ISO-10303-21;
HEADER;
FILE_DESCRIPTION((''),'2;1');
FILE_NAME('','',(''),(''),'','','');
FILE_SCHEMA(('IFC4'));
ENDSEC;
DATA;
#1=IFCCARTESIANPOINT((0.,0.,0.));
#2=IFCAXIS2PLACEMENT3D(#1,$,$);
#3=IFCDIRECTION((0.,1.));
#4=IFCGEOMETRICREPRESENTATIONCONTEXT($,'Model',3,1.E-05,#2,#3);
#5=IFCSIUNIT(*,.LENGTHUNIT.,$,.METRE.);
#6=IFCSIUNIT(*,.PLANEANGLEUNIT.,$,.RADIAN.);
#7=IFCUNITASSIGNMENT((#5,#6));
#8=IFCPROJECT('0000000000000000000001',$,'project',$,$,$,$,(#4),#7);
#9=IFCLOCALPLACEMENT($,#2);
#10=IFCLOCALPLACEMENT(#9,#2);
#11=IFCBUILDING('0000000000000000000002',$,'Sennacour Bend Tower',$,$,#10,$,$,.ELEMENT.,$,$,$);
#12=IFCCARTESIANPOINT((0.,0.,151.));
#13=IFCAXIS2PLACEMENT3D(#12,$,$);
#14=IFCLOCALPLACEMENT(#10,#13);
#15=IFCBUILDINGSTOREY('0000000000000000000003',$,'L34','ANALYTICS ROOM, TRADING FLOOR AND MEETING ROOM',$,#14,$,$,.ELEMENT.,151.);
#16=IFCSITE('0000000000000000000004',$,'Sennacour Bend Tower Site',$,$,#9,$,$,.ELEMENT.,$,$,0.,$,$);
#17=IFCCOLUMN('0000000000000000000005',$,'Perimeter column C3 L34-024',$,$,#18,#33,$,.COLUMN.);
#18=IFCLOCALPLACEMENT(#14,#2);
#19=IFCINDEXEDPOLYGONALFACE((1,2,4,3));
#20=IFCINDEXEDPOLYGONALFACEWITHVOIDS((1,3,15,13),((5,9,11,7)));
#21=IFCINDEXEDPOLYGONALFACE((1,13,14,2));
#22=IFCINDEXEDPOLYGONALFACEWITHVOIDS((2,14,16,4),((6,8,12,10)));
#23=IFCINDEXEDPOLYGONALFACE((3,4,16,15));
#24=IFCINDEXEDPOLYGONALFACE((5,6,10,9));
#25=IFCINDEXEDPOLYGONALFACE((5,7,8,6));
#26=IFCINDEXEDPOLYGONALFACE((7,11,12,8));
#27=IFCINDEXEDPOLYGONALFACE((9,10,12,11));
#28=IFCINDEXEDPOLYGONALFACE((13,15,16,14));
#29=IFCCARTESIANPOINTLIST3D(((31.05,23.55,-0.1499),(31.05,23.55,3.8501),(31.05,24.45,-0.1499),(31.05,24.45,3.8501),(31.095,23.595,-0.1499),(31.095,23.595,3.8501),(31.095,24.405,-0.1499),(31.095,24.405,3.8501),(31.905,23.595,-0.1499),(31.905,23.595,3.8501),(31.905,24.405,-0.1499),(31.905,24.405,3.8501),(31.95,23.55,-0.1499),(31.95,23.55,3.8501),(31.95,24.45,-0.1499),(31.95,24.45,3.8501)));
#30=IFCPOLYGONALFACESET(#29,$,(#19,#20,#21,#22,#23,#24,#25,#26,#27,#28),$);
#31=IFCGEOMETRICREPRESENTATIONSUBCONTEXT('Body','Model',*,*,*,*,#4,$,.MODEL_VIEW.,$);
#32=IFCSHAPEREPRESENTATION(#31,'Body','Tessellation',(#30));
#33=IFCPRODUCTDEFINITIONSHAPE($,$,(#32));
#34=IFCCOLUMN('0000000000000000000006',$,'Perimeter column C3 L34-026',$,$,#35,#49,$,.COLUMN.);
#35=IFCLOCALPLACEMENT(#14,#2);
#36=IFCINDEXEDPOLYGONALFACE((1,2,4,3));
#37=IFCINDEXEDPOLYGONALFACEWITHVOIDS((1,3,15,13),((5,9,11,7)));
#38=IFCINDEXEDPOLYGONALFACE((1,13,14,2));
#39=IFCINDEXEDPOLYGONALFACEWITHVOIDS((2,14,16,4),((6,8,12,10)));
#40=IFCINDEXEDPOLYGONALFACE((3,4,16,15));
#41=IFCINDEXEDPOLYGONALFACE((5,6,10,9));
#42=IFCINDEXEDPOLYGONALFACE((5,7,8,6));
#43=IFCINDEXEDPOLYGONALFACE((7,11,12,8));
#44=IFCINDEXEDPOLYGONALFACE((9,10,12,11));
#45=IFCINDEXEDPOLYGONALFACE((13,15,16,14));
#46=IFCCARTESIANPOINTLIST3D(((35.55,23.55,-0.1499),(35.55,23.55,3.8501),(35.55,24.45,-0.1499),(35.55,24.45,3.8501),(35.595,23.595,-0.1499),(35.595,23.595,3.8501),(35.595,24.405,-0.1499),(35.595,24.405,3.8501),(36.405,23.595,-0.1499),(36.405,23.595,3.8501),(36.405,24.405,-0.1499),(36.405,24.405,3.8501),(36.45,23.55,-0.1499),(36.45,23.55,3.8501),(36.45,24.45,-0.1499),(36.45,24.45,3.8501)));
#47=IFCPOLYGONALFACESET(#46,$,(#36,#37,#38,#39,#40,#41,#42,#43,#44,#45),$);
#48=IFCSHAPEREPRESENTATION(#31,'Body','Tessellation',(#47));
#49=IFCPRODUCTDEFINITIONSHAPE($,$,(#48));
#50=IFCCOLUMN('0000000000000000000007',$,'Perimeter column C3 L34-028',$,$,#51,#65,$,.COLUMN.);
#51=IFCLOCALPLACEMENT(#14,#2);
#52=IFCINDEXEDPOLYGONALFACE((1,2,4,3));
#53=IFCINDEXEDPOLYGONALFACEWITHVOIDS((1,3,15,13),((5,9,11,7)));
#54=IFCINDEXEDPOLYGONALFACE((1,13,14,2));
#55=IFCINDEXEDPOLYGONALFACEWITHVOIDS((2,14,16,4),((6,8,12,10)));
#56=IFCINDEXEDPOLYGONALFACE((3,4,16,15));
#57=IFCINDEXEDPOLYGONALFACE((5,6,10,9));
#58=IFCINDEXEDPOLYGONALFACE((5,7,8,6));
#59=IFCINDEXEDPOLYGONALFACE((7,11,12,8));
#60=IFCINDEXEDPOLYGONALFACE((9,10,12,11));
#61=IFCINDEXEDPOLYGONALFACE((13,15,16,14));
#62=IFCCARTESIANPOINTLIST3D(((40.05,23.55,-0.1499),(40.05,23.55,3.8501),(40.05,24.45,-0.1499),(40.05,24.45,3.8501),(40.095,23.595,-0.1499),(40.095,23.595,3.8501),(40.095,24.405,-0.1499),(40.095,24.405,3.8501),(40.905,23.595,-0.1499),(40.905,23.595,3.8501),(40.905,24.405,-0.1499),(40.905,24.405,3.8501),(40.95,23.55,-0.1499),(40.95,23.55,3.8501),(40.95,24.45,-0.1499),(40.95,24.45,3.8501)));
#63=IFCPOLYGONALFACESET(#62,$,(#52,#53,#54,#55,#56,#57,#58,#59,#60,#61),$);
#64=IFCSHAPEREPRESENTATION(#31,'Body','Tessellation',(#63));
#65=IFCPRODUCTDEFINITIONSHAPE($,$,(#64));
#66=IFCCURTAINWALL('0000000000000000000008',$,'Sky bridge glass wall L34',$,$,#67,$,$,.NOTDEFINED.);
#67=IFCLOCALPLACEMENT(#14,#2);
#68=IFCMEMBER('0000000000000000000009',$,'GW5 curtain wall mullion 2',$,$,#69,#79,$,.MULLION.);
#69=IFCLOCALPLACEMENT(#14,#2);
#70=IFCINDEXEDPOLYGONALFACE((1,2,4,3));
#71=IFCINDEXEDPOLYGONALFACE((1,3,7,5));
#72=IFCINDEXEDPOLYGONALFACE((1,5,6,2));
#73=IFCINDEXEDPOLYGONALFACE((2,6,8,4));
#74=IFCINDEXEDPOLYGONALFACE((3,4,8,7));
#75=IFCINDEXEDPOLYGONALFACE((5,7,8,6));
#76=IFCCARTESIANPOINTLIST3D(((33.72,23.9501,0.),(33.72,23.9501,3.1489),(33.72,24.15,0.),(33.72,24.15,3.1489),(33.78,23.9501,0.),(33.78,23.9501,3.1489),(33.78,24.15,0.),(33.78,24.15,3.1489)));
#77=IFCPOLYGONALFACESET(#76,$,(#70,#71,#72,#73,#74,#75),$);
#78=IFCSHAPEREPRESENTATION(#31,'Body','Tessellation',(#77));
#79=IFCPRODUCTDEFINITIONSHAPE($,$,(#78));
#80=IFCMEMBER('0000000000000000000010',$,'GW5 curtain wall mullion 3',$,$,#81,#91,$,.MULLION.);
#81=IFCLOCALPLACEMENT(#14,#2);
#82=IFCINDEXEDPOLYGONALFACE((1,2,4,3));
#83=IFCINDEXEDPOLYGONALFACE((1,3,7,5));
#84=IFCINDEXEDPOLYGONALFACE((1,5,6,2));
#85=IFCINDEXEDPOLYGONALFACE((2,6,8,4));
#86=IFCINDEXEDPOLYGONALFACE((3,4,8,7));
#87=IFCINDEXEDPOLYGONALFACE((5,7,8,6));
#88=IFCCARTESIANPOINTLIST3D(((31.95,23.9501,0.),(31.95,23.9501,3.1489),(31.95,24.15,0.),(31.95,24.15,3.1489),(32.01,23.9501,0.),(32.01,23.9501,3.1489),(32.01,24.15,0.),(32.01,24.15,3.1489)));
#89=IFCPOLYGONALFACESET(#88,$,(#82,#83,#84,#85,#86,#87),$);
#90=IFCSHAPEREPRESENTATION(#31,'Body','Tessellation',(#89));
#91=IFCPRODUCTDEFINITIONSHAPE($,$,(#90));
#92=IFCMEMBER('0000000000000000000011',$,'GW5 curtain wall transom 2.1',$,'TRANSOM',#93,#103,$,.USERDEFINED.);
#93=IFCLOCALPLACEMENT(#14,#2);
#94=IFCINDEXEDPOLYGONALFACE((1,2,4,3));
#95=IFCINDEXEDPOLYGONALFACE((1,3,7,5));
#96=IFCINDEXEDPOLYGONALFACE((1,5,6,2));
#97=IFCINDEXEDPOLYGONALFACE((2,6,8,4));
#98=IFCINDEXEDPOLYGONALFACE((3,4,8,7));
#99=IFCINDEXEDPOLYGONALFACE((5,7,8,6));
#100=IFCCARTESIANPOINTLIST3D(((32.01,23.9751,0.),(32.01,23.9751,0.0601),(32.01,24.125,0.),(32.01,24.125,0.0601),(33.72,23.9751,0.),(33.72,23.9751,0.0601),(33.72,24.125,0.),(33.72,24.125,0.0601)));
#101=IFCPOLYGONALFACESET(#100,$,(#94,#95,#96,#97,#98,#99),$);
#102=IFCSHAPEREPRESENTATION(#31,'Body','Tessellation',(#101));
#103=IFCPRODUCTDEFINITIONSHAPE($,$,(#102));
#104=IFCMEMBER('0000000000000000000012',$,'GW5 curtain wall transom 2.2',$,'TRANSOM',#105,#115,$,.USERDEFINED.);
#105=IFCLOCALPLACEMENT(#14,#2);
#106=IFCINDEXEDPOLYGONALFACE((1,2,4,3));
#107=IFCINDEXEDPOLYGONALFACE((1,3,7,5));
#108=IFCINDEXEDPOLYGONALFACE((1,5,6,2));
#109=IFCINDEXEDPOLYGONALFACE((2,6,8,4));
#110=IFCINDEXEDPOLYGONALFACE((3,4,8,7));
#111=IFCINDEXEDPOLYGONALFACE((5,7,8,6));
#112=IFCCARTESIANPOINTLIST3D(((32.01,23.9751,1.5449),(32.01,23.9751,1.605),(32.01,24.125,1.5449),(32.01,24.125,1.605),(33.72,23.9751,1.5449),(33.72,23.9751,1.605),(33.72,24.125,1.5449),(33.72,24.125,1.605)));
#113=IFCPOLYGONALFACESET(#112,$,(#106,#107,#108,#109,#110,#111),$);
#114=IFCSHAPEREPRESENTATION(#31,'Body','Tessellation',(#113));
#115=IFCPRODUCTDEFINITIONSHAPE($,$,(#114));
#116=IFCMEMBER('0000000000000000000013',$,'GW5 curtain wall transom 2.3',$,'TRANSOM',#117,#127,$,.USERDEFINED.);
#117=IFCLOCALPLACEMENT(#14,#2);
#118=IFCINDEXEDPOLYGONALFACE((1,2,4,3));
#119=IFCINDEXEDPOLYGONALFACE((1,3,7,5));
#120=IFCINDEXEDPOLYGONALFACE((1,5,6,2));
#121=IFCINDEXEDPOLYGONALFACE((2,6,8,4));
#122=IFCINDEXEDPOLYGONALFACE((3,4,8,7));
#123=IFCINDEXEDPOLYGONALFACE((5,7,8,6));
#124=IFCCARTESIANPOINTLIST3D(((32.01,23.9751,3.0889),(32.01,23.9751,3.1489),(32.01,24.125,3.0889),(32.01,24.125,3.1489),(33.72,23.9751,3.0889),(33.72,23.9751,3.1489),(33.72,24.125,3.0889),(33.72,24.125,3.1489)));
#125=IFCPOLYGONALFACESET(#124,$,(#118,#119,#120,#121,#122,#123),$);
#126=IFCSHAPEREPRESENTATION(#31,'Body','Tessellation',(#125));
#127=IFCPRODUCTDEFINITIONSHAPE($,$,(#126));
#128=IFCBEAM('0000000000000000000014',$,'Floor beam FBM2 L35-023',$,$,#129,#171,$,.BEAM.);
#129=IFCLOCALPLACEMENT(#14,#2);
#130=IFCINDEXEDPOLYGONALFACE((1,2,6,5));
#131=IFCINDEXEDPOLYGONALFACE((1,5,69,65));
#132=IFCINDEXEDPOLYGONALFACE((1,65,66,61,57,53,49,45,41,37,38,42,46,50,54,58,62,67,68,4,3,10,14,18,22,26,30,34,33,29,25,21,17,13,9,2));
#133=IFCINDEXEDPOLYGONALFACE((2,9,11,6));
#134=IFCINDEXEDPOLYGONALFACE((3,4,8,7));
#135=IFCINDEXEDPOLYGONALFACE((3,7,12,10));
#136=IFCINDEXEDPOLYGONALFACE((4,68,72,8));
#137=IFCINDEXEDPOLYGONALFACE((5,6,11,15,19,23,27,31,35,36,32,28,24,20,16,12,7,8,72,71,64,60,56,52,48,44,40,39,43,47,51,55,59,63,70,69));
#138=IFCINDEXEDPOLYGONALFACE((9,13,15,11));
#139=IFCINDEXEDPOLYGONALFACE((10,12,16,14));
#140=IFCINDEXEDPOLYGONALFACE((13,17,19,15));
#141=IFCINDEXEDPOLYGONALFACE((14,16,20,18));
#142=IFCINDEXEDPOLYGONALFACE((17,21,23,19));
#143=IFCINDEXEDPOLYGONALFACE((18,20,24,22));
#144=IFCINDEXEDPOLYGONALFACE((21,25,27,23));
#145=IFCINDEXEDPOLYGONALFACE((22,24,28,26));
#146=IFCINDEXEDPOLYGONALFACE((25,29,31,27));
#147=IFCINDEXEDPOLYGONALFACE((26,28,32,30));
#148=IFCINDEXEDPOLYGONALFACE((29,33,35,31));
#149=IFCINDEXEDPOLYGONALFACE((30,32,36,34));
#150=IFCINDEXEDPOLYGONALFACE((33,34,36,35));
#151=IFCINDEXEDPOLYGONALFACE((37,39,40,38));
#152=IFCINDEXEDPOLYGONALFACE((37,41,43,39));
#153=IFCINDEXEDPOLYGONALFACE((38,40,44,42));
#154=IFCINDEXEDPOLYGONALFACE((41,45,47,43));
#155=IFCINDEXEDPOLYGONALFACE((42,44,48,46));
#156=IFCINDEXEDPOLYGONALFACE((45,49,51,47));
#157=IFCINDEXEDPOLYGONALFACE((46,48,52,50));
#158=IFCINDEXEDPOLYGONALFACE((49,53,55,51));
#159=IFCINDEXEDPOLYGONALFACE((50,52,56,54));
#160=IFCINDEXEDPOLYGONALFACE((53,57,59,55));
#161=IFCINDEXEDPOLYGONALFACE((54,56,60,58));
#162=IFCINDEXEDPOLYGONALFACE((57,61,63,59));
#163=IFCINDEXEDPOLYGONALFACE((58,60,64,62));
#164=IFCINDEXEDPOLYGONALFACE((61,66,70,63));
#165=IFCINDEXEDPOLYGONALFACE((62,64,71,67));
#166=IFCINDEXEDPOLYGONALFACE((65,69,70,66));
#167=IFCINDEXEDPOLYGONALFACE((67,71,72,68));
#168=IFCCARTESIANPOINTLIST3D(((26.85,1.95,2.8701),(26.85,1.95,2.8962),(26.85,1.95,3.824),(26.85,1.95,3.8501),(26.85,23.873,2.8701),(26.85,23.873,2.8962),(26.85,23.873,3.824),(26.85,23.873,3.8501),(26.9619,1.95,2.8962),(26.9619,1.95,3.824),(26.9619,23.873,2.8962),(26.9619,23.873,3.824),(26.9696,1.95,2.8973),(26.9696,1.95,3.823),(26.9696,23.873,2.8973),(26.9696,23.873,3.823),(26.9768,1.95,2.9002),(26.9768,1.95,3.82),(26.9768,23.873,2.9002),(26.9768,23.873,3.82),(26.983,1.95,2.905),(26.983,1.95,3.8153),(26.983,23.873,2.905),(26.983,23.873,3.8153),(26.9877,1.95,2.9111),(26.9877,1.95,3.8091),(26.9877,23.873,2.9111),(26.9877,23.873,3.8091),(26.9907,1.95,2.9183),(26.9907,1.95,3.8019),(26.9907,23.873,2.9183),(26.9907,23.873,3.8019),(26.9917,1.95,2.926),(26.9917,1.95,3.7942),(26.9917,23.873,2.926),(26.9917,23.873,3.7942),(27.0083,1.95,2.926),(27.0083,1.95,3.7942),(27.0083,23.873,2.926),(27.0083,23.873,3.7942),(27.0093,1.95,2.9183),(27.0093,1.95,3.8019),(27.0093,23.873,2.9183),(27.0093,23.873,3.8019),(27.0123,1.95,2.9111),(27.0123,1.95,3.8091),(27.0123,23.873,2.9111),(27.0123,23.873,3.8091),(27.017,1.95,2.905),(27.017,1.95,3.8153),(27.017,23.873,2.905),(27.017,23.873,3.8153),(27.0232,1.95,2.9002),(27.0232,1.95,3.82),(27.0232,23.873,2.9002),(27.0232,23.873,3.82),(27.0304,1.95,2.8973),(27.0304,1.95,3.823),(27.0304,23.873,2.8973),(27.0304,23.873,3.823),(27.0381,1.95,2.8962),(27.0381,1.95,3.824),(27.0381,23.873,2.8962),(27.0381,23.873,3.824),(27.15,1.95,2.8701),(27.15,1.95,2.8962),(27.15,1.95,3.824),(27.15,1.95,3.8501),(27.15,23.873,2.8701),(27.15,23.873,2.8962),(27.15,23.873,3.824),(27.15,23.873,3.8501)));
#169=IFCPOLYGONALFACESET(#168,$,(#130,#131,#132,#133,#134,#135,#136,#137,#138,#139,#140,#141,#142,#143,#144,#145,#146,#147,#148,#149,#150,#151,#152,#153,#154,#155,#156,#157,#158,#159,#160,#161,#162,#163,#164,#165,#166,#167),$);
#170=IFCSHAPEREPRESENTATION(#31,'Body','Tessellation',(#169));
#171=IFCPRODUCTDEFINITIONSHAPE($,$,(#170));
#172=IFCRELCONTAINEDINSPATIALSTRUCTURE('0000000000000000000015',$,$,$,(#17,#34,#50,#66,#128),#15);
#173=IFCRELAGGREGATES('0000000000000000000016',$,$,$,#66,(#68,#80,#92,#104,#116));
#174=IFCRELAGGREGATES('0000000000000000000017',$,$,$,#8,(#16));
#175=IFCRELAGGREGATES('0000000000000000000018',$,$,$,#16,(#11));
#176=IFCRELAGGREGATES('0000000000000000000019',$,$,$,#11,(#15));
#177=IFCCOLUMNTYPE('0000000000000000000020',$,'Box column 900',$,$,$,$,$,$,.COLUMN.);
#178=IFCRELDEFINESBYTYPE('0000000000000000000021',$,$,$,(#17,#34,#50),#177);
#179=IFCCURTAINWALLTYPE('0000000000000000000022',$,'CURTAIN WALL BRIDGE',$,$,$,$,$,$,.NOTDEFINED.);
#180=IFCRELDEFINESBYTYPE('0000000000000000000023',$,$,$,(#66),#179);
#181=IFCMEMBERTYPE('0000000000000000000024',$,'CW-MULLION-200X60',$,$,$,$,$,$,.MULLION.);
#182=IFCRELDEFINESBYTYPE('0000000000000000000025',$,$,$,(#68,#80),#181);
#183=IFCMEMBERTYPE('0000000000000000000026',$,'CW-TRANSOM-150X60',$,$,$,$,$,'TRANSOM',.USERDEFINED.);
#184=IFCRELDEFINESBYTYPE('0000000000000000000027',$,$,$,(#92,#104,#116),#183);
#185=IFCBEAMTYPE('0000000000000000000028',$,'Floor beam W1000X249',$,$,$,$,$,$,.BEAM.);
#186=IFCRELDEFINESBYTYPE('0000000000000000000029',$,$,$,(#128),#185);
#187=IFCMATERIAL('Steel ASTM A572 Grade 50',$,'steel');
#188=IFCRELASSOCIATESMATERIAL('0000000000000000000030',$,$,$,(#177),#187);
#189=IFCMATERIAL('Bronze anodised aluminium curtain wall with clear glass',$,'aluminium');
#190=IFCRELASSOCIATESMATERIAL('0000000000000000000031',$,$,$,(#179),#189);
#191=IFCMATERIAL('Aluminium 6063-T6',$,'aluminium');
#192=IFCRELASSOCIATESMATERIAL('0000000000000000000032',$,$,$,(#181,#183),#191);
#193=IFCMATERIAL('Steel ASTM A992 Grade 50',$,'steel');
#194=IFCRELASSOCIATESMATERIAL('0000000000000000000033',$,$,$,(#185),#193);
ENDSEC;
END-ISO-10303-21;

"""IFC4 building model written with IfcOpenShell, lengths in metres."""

from ifc_helpers import new_model, si_unit, direction, frame, origin, origin_2d, place, context, subcontext, project, spatial, rectangle, hollow_rectangle, i_section, extrude, material, material_profile, profile_set, type_object, element, aggregate, save


model = new_model("IFC4")

# Units and contexts
model_context = context("Model", 3, precision=1e-05, world=origin(), true_north=direction((0.0, 1.0)))
body_context = subcontext(model_context, "Body", "Model", "MODEL_VIEW")
ifc_project = project(units=[si_unit("LENGTHUNIT", "METRE"), si_unit("PLANEANGLEUNIT", "RADIAN")], contexts=[model_context])

# Site, building, storey
site_placement = place(None, origin())
site = spatial("IfcSite", under=ifc_project, at=site_placement, Name="Sennacour Bend Tower Site", CompositionType="ELEMENT", RefElevation=0.0)
building_placement = place(site_placement, origin())
building = spatial("IfcBuilding", under=site, at=building_placement, Name="Sennacour Bend Tower", CompositionType="ELEMENT")
storey_placement = place(building_placement, frame((0.0, 0.0, 151.0)))
storey = spatial("IfcBuildingStorey", under=building, at=storey_placement, Name="L34", Description="ANALYTICS ROOM, TRADING FLOOR AND MEETING ROOM", CompositionType="ELEMENT", Elevation=151.0)

# Columns
ifc_material_1 = material(Name="Steel ASTM A572 Grade 50", Category="steel")
ifc_material_profile_1 = material_profile(ifc_material_1, hollow_rectangle(XDim=0.8999, YDim=0.8999, WallThickness=0.0449, at=origin_2d()), Name="Steel ASTM A572 Grade 50", Category="steel")
ifc_profile_set_1 = profile_set([ifc_material_profile_1], Name="Steel ASTM A572 Grade 50")
column_type = type_object("IfcColumnType", Name="Box column 900", PredefinedType="COLUMN", material=ifc_profile_set_1)
for number, where, z_axis, x_axis, name in (
    (1, (31.5, 24.0, -0.1499), (0.0, 0.0, 1.0), (1.0, 0.0, 0.0), "Perimeter column C3 L34-024"),
    (2, (36.0, 24.0, -0.1499), (0.0, 0.0, 1.0), (1.0, 0.0, 0.0), "Perimeter column C3 L34-026"),
    (3, (40.5, 24.0, -0.1499), (0.0, 0.0, 1.0), (1.0, 0.0, 0.0), "Perimeter column C3 L34-028"),
):
    element("IfcColumn", number, at=place(storey_placement, frame(where, z_axis=z_axis, x_axis=x_axis)), inside=storey, type_object=column_type, Name=name, PredefinedType="COLUMN", context=body_context, shape_type="SweptSolid", body=[
        extrude(hollow_rectangle(XDim=0.8999, YDim=0.8999, WallThickness=0.0449, at=origin_2d()), origin(), (0.0, 0.0, 1.0), 4.0),
    ])

# Curtain wall, members
ifc_material_2 = material(Name="Bronze anodised aluminium curtain wall with clear glass", Category="aluminium")
curtain_wall_type = type_object("IfcCurtainWallType", Name="CURTAIN WALL BRIDGE", PredefinedType="NOTDEFINED", material=ifc_material_2)
curtain_wall_placement = place(storey_placement, origin())
curtain_wall = element("IfcCurtainWall", 4, at=curtain_wall_placement, inside=storey, type_object=curtain_wall_type, Name="Sky bridge glass wall L34", PredefinedType="NOTDEFINED")
ifc_material_3 = material(Name="Aluminium 6063-T6", Category="aluminium")
ifc_material_profile_2 = material_profile(ifc_material_3, rectangle(XDim=0.2, YDim=0.0601, at=origin_2d()), Name="Aluminium 6063-T6", Category="aluminium")
ifc_profile_set_2 = profile_set([ifc_material_profile_2], Name="Aluminium 6063-T6")
member_type_1 = type_object("IfcMemberType", Name="CW-MULLION-200X60", PredefinedType="MULLION", material=ifc_profile_set_2)
member_1_placement = place(storey_placement, frame((33.75, 24.05, 0.0), z_axis=(0.0, 0.0, 1.0), x_axis=(0.0, -1.0, 0.0)))
member_1 = element("IfcMember", 5, at=member_1_placement, type_object=member_type_1, Name="GW5 curtain wall mullion 2", PredefinedType="MULLION", context=body_context, shape_type="SweptSolid", body=[
    extrude(rectangle(XDim=0.2, YDim=0.0601, at=origin_2d()), origin(), (0.0, 0.0, 1.0), 3.1489),
])
member_2_placement = place(storey_placement, frame((31.98, 24.05, 0.0), z_axis=(0.0, 0.0, 1.0), x_axis=(0.0, -1.0, 0.0)))
member_2 = element("IfcMember", 6, at=member_2_placement, type_object=member_type_1, Name="GW5 curtain wall mullion 3", PredefinedType="MULLION", context=body_context, shape_type="SweptSolid", body=[
    extrude(rectangle(XDim=0.2, YDim=0.0601, at=origin_2d()), origin(), (0.0, 0.0, 1.0), 3.1489),
])
ifc_material_profile_3 = material_profile(ifc_material_3, rectangle(XDim=0.1499, YDim=0.0601, at=origin_2d()), Name="Aluminium 6063-T6", Category="aluminium")
ifc_profile_set_3 = profile_set([ifc_material_profile_3], Name="Aluminium 6063-T6")
member_type_2 = type_object("IfcMemberType", Name="CW-TRANSOM-150X60", ElementType="TRANSOM", PredefinedType="USERDEFINED", material=ifc_profile_set_3)
member_3_placement = place(storey_placement, frame((33.72, 24.05, 0.03), z_axis=(-1.0, 0.0, 0.0), x_axis=(0.0, -1.0, 0.0)))
member_3 = element("IfcMember", 7, at=member_3_placement, type_object=member_type_2, Name="GW5 curtain wall transom 2.1", ObjectType="TRANSOM", PredefinedType="USERDEFINED", context=body_context, shape_type="SweptSolid", body=[
    extrude(rectangle(XDim=0.1499, YDim=0.0601, at=origin_2d()), origin(), (0.0, 0.0, 1.0), 1.71),
])
member_4_placement = place(storey_placement, frame((33.72, 24.05, 1.575), z_axis=(-1.0, 0.0, 0.0), x_axis=(0.0, -1.0, 0.0)))
member_4 = element("IfcMember", 8, at=member_4_placement, type_object=member_type_2, Name="GW5 curtain wall transom 2.2", ObjectType="TRANSOM", PredefinedType="USERDEFINED", context=body_context, shape_type="SweptSolid", body=[
    extrude(rectangle(XDim=0.1499, YDim=0.0601, at=origin_2d()), origin(), (0.0, 0.0, 1.0), 1.71),
])
member_5_placement = place(storey_placement, frame((33.72, 24.05, 3.1189), z_axis=(-1.0, 0.0, 0.0), x_axis=(0.0, -1.0, 0.0)))
member_5 = element("IfcMember", 9, at=member_5_placement, type_object=member_type_2, Name="GW5 curtain wall transom 2.3", ObjectType="TRANSOM", PredefinedType="USERDEFINED", context=body_context, shape_type="SweptSolid", body=[
    extrude(rectangle(XDim=0.1499, YDim=0.0601, at=origin_2d()), origin(), (0.0, 0.0, 1.0), 1.71),
])

# Beam
ifc_material_4 = material(Name="Steel ASTM A992 Grade 50", Category="steel")
ifc_material_profile_4 = material_profile(ifc_material_4, i_section(OverallWidth=0.3, OverallDepth=0.98, WebThickness=0.0166, FlangeThickness=0.0261, FilletRadius=0.0298, at=origin_2d()), Name="Steel ASTM A992 Grade 50", Category="steel")
ifc_profile_set_4 = profile_set([ifc_material_profile_4], Name="Steel ASTM A992 Grade 50")
beam_type_1 = type_object("IfcBeamType", Name="Floor beam W1000X249", PredefinedType="BEAM", material=ifc_profile_set_4)
beam_placement = place(storey_placement, frame((27.0, 1.95, 3.3601), z_axis=(0.0, 1.0, 0.0), x_axis=(-1.0, 0.0, 0.0)))
element("IfcBeam", 10, at=beam_placement, inside=storey, type_object=beam_type_1, Name="Floor beam FBM2 L35-023", PredefinedType="BEAM", context=body_context, shape_type="SweptSolid", body=[
    extrude(i_section(OverallWidth=0.3, OverallDepth=0.98, WebThickness=0.0166, FlangeThickness=0.0261, FilletRadius=0.0298, at=origin_2d()), origin(), (0.0, 0.0, 1.0), 21.9231),
])

aggregate(curtain_wall, [member_1, member_2, member_3, member_4, member_5])

save(model, "model.ifc")
